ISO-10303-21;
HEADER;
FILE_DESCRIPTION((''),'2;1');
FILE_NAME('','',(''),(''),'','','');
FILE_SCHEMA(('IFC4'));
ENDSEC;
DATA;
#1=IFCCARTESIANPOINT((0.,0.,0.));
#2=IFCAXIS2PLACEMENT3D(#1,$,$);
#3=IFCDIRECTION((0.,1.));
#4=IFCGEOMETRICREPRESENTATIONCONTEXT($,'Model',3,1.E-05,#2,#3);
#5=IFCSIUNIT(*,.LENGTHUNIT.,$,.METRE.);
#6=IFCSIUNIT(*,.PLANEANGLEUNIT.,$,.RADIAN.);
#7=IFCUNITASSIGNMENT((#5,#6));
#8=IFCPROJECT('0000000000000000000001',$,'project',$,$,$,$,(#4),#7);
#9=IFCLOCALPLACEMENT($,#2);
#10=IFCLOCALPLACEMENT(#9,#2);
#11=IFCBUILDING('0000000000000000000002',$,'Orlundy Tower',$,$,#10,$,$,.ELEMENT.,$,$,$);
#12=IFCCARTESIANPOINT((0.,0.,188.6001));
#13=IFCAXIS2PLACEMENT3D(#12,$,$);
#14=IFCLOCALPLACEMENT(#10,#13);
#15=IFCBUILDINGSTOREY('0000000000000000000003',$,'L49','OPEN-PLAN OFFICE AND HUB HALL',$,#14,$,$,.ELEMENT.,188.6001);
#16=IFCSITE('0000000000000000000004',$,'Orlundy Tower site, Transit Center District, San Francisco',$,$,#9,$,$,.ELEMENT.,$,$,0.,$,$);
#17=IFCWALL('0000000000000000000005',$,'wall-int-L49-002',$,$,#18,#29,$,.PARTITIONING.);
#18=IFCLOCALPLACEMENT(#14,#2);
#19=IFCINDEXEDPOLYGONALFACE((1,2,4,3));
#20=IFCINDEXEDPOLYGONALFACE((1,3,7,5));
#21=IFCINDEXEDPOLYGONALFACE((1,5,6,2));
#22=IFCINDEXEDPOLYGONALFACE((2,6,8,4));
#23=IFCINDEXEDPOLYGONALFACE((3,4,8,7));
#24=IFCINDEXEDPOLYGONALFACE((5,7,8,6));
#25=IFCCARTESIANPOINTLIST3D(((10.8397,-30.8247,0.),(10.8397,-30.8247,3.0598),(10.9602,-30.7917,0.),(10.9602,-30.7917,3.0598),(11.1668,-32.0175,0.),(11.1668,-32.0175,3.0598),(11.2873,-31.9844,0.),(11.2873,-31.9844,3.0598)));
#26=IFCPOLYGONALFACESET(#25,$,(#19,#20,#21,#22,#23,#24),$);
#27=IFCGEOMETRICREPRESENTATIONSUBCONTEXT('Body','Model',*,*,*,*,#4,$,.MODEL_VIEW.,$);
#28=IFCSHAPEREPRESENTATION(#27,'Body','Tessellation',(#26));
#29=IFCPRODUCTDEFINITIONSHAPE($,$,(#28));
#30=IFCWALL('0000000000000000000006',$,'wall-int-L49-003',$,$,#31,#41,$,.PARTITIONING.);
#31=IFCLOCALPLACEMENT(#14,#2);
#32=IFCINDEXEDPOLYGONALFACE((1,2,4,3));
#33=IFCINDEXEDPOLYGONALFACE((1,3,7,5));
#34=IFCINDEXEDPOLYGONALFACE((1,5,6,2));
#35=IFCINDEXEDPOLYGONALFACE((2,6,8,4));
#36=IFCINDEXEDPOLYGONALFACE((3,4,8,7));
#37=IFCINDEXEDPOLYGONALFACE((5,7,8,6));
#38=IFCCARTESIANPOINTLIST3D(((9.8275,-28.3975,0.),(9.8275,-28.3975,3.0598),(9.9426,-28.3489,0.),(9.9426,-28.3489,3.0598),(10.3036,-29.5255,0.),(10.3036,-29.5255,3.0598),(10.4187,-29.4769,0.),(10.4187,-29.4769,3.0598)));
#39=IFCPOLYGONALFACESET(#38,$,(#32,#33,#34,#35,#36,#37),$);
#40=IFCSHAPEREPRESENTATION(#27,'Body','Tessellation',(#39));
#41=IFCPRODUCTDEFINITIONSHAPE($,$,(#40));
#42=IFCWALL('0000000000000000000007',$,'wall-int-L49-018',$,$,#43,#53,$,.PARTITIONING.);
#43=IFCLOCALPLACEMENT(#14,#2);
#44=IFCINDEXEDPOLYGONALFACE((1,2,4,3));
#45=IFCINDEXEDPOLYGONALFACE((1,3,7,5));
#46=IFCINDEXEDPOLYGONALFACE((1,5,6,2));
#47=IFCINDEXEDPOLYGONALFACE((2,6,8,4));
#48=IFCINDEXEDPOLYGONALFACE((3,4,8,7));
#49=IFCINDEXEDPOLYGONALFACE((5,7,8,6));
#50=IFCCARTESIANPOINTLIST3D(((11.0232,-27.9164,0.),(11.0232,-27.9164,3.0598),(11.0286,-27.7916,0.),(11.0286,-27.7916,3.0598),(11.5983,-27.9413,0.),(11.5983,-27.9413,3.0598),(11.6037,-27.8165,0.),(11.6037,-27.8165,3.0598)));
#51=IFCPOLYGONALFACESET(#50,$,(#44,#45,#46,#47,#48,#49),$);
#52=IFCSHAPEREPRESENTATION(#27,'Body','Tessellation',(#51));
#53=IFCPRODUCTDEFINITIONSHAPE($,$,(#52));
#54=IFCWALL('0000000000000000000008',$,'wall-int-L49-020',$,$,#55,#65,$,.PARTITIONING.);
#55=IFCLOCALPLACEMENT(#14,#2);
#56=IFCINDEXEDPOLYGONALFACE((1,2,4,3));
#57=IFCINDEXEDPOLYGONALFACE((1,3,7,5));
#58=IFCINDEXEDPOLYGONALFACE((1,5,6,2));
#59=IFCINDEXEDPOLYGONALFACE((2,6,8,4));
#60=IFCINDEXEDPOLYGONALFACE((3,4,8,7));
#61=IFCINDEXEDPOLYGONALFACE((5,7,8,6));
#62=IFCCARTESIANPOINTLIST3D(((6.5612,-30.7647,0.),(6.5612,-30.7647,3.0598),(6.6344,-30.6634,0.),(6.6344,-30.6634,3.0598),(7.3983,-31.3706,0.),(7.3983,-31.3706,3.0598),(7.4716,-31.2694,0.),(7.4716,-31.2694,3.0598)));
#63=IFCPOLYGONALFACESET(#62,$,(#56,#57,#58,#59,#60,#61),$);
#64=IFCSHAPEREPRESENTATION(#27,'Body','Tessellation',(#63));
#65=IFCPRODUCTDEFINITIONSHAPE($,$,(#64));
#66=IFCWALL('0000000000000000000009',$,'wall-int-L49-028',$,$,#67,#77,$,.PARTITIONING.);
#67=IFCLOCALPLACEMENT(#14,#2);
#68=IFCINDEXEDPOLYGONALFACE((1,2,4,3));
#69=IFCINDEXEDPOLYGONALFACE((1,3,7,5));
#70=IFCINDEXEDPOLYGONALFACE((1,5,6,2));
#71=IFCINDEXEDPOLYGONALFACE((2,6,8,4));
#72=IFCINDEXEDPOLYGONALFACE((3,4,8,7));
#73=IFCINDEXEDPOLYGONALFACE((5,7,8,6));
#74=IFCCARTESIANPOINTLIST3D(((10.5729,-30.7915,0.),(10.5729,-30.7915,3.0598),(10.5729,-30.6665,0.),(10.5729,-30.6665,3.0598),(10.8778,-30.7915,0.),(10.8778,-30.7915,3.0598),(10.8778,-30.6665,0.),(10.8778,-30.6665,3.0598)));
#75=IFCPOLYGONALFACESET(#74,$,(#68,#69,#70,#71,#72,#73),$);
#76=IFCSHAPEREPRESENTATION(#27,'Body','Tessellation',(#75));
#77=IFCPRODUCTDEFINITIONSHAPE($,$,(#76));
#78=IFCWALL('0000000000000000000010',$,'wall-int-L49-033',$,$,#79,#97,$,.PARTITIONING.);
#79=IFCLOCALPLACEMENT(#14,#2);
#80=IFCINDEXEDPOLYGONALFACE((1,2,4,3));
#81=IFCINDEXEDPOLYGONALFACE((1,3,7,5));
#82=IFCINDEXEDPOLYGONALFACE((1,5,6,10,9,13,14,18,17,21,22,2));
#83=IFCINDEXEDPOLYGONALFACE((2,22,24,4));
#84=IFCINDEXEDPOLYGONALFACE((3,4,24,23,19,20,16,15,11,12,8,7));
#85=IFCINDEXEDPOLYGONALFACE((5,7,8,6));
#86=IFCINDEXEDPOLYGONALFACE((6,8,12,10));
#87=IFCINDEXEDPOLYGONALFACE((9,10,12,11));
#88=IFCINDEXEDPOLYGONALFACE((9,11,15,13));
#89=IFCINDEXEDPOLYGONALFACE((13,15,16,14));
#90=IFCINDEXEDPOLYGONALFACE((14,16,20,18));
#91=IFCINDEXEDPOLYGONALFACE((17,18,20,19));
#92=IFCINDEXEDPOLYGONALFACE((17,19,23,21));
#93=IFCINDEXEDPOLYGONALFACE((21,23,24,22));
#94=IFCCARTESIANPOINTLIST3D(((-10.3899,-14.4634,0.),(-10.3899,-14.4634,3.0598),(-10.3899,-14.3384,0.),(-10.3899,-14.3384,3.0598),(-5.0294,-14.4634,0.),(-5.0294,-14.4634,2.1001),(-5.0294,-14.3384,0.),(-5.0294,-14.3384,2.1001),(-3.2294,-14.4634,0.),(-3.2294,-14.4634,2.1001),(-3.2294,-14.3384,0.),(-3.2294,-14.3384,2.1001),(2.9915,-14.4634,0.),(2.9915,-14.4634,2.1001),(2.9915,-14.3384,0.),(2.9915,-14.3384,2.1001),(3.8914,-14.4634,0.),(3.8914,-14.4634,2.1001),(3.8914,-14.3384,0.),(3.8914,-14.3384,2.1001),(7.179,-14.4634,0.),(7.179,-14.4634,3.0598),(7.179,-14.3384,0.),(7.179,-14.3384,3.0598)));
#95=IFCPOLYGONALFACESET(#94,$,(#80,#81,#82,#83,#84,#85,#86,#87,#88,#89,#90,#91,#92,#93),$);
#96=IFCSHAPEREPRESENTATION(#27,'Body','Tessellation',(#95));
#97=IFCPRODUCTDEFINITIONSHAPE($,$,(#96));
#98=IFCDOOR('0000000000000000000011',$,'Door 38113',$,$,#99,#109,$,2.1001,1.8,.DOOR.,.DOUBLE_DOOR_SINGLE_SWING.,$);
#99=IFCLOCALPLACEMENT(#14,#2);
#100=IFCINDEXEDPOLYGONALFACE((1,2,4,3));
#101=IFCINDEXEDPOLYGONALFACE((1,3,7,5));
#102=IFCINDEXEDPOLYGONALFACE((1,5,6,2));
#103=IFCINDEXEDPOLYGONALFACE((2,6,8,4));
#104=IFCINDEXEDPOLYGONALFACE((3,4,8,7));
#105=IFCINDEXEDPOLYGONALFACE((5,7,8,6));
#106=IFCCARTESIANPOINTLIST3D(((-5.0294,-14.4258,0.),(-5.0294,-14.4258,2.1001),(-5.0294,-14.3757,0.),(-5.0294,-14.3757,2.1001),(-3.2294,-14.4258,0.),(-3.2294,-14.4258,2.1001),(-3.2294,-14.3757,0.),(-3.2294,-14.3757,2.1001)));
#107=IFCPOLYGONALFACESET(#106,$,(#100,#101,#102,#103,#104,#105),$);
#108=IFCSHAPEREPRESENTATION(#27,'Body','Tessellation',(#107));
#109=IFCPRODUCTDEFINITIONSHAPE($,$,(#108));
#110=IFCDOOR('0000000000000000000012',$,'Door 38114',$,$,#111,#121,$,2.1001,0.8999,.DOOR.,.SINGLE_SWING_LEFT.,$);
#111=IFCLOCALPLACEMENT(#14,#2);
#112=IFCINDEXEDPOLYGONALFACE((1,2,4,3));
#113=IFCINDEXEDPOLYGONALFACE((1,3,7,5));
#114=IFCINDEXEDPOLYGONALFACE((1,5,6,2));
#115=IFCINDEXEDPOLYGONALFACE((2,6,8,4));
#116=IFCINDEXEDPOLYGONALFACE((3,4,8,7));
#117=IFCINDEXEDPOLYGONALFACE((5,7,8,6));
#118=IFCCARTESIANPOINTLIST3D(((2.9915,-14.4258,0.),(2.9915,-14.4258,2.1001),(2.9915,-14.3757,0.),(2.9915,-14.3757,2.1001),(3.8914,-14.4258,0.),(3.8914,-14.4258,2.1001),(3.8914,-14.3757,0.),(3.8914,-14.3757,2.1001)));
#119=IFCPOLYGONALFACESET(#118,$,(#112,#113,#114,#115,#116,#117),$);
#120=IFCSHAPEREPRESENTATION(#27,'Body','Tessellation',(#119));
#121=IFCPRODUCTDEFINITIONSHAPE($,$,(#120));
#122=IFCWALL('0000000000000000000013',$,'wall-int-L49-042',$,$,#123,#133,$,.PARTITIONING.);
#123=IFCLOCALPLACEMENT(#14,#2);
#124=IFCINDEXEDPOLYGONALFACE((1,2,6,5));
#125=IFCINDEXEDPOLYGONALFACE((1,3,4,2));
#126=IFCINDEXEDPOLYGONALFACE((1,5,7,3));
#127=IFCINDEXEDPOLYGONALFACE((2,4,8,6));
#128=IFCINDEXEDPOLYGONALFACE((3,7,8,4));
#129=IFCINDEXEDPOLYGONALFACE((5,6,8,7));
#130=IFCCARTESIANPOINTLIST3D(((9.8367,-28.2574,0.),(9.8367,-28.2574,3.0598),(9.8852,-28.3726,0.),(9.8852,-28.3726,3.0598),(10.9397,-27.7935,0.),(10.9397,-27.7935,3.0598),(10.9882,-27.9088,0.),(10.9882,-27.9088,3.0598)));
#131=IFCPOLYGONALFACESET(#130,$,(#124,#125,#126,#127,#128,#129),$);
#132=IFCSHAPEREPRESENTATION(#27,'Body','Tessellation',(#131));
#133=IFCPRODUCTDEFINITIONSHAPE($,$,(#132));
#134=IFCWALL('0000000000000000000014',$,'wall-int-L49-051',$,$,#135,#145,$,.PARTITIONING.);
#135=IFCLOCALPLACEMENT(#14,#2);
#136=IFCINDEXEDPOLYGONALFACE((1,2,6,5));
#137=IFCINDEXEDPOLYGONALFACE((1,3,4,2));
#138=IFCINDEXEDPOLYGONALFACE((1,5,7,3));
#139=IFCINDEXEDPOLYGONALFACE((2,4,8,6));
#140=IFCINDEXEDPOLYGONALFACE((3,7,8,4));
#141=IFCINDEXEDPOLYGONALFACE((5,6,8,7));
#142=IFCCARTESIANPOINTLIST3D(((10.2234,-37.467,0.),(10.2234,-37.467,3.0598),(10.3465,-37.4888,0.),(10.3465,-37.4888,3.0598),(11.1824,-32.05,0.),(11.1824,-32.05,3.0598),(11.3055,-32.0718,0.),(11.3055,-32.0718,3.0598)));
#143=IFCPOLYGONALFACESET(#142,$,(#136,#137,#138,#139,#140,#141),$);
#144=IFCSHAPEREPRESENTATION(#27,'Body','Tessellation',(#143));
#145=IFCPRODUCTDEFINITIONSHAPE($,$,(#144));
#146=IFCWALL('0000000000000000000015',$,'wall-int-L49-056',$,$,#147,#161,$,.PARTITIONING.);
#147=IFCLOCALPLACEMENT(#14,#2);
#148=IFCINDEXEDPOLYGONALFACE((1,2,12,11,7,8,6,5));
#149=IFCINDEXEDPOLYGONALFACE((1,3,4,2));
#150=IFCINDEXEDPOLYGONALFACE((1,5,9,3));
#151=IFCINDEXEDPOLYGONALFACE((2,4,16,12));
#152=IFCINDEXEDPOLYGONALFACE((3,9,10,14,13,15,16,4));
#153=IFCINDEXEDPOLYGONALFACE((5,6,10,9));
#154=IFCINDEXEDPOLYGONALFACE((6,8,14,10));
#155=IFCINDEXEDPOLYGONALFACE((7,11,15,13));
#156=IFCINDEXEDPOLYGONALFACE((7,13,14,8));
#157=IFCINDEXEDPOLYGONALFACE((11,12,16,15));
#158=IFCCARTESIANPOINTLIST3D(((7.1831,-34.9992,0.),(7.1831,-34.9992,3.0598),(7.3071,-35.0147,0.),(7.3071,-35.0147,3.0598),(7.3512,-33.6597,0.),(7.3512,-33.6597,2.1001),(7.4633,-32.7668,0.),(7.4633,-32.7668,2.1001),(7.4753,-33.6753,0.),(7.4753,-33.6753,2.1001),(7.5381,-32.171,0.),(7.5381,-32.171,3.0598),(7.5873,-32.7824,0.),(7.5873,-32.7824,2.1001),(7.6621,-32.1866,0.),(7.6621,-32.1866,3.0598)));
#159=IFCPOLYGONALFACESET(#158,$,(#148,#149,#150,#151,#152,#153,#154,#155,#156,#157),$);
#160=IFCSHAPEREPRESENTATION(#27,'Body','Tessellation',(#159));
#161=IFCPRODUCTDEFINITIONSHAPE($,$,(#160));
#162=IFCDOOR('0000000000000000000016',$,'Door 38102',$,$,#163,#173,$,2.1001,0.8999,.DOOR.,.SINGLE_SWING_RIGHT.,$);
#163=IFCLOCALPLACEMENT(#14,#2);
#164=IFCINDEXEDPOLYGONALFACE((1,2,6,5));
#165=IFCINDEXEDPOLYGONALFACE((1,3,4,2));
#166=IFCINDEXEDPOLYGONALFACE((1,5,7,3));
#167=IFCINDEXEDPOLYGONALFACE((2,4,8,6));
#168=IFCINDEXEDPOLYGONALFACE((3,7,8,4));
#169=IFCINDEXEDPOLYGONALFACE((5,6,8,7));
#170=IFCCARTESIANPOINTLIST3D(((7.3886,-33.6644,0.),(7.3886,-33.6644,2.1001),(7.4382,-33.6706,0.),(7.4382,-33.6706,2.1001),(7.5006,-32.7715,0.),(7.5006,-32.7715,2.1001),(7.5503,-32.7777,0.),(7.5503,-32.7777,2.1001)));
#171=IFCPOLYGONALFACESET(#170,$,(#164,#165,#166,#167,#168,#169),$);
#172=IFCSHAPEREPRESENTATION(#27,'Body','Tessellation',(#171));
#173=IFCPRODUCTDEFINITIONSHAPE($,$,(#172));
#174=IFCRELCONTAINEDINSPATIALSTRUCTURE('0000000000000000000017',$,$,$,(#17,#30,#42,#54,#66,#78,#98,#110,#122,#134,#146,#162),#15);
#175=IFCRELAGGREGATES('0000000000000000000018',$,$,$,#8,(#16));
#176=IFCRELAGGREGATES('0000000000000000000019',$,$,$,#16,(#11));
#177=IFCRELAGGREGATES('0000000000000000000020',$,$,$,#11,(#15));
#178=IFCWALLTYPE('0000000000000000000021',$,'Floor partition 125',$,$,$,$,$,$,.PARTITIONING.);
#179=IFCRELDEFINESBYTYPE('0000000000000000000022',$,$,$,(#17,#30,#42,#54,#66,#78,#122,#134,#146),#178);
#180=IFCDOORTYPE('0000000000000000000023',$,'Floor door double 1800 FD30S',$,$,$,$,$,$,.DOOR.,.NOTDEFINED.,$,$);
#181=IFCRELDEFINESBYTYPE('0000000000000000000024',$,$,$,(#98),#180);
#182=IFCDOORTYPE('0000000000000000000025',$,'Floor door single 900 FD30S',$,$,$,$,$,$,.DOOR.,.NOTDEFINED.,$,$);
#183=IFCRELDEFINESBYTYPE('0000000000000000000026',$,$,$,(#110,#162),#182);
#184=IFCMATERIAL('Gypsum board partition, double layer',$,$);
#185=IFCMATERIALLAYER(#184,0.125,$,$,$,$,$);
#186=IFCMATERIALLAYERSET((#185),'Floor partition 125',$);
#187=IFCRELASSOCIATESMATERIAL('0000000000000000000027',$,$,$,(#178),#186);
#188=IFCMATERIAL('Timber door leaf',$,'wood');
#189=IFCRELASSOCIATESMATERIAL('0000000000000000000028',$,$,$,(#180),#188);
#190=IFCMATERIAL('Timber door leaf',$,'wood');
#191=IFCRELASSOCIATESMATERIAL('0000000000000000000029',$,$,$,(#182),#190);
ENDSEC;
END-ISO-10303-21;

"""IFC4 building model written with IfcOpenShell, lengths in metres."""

from ifc_helpers import new_model, si_unit, direction, frame, frame_2d, origin, place, context, subcontext, project, spatial, rectangle, extrude, material, layer, layer_set, type_object, element, fill, save


model = new_model("IFC4")

# Units and contexts
model_context = context("Model", 3, precision=1e-05, world=origin(), true_north=direction((0.0, 1.0)))
body_context = subcontext(model_context, "Body", "Model", "MODEL_VIEW")
ifc_project = project(units=[si_unit("LENGTHUNIT", "METRE"), si_unit("PLANEANGLEUNIT", "RADIAN")], contexts=[model_context])

# Site, building, storey
site_placement = place(None, origin())
site = spatial("IfcSite", under=ifc_project, at=site_placement, Name="Orlundy Tower site, Transit Center District, San Francisco", CompositionType="ELEMENT", RefElevation=0.0)
building_placement = place(site_placement, origin())
building = spatial("IfcBuilding", under=site, at=building_placement, Name="Orlundy Tower", CompositionType="ELEMENT")
storey_placement = place(building_placement, frame((0.0, 0.0, 188.6001)))
storey = spatial("IfcBuildingStorey", under=building, at=storey_placement, Name="L49", Description="OPEN-PLAN OFFICE AND HUB HALL", CompositionType="ELEMENT", Elevation=188.6001)

# Walls
ifc_material_1 = material(Name="Gypsum board partition, double layer")
ifc_layer_1 = layer(ifc_material_1, 0.125)
ifc_layer_set_1 = layer_set([ifc_layer_1], Name="Floor partition 125")
wall_type_1 = type_object("IfcWallType", Name="Floor partition 125", PredefinedType="PARTITIONING", material=ifc_layer_set_1)
wall_1_placement = place(storey_placement, frame((11.2271, -32.001, 0.0), z_axis=(0.0, 0.0, 1.0), x_axis=(-0.264487, 0.964389, 0.0)))
element("IfcWall", 1, at=wall_1_placement, inside=storey, type_object=wall_type_1, Name="wall-int-L49-002", PredefinedType="PARTITIONING", context=body_context, shape_type="SweptSolid", body=[
    extrude(rectangle(XDim=1.2368, YDim=0.125, at=frame_2d((0.6184, 0.0))), origin(), (0.0, 0.0, 1.0), 3.0598),
])
wall_2_placement = place(storey_placement, frame((9.885, -28.373, 0.0), z_axis=(0.0, 0.0, 1.0), x_axis=(0.388859, -0.921297, 0.0)))
element("IfcWall", 2, at=wall_2_placement, inside=storey, type_object=wall_type_1, Name="wall-int-L49-003", PredefinedType="PARTITIONING", context=body_context, shape_type="SweptSolid", body=[
    extrude(rectangle(XDim=1.2244, YDim=0.125, at=frame_2d((0.6123, 0.0))), origin(), (0.0, 0.0, 1.0), 3.0598),
])
wall_3_placement = place(storey_placement, frame((11.0259, -27.854, 0.0), z_axis=(0.0, 0.0, 1.0), x_axis=(0.999064, -0.043253, 0.0)))
element("IfcWall", 3, at=wall_3_placement, inside=storey, type_object=wall_type_1, Name="wall-int-L49-018", PredefinedType="PARTITIONING", context=body_context, shape_type="SweptSolid", body=[
    extrude(rectangle(XDim=0.5757, YDim=0.125, at=frame_2d((0.2878, 0.0))), origin(), (0.0, 0.0, 1.0), 3.0598),
])
wall_4_placement = place(storey_placement, frame((6.5979, -30.7141, 0.0), z_axis=(0.0, 0.0, 1.0), x_axis=(0.810062, -0.586344, 0.0)))
element("IfcWall", 4, at=wall_4_placement, inside=storey, type_object=wall_type_1, Name="wall-int-L49-020", PredefinedType="PARTITIONING", context=body_context, shape_type="SweptSolid", body=[
    extrude(rectangle(XDim=1.0334, YDim=0.125, at=frame_2d((0.5166, 0.0))), origin(), (0.0, 0.0, 1.0), 3.0598),
])
wall_5_placement = place(storey_placement, frame((10.573, -30.729, 0.0), z_axis=(0.0, 0.0, 1.0), x_axis=(1.0, 0.0, 0.0)))
element("IfcWall", 5, at=wall_5_placement, inside=storey, type_object=wall_type_1, Name="wall-int-L49-028", PredefinedType="PARTITIONING", context=body_context, shape_type="SweptSolid", body=[
    extrude(rectangle(XDim=0.3049, YDim=0.125, at=frame_2d((0.1523, 0.0))), origin(), (0.0, 0.0, 1.0), 3.0598),
])

# Wall, openings, doors
wall_6_placement = place(storey_placement, frame((7.179, -14.4009, 0.0), z_axis=(0.0, 0.0, 1.0), x_axis=(-1.0, 0.0, 0.0)))
wall_6 = element("IfcWall", 6, at=wall_6_placement, inside=storey, type_object=wall_type_1, Name="wall-int-L49-033", PredefinedType="PARTITIONING", context=body_context, shape_type="SweptSolid", body=[
    extrude(rectangle(XDim=17.5688, YDim=0.125, at=frame_2d((8.7844, 0.0))), origin(), (0.0, 0.0, 1.0), 3.0598),
])
opening_1_placement = place(wall_6_placement, frame((10.4084, 0.0, 0.0)))
opening_1 = element("IfcOpeningElement", 7, at=opening_1_placement, cuts=wall_6, PredefinedType="OPENING", context=body_context, shape_type="SweptSolid", body=[
    extrude(rectangle(XDim=1.8, YDim=2.1001, at=frame_2d((0.8999, 1.05))), frame((0.0, 0.0725, 0.0), z_axis=(0.0, -1.0, 0.0), x_axis=(1.0, 0.0, 0.0)), (0.0, 0.0, 1.0), 0.145),
])
opening_2_placement = place(wall_6_placement, frame((3.2876, 0.0, 0.0)))
opening_2 = element("IfcOpeningElement", 8, at=opening_2_placement, cuts=wall_6, PredefinedType="OPENING", context=body_context, shape_type="SweptSolid", body=[
    extrude(rectangle(XDim=0.8999, YDim=2.1001, at=frame_2d((0.45, 1.05))), frame((0.0, 0.0725, 0.0), z_axis=(0.0, -1.0, 0.0), x_axis=(1.0, 0.0, 0.0)), (0.0, 0.0, 1.0), 0.145),
])
ifc_material_2 = material(Name="Timber door leaf", Category="wood")
door_type_1 = type_object("IfcDoorType", Name="Floor door double 1800 FD30S", OperationType="NOTDEFINED", PredefinedType="DOOR", material=ifc_material_2)
door_1_placement = place(opening_1_placement, origin())
door_1 = element("IfcDoor", 9, at=door_1_placement, inside=storey, type_object=door_type_1, Name="Door 38113", OperationType="DOUBLE_DOOR_SINGLE_SWING", OverallHeight=2.1001, OverallWidth=1.8, PredefinedType="DOOR", context=body_context, shape_type="SweptSolid", body=[
    extrude(rectangle(XDim=1.8, YDim=2.1001, at=frame_2d((0.8999, 1.05))), frame((0.0, 0.0249, 0.0), z_axis=(0.0, -1.0, 0.0), x_axis=(1.0, 0.0, 0.0)), (0.0, 0.0, 1.0), 0.05),
])
fill(opening_1, door_1)
ifc_material_3 = material(Name="Timber door leaf", Category="wood")
door_type_2 = type_object("IfcDoorType", Name="Floor door single 900 FD30S", OperationType="NOTDEFINED", PredefinedType="DOOR", material=ifc_material_3)
door_2_placement = place(opening_2_placement, origin())
door_2 = element("IfcDoor", 10, at=door_2_placement, inside=storey, type_object=door_type_2, Name="Door 38114", OperationType="SINGLE_SWING_LEFT", OverallHeight=2.1001, OverallWidth=0.8999, PredefinedType="DOOR", context=body_context, shape_type="SweptSolid", body=[
    extrude(rectangle(XDim=0.8999, YDim=2.1001, at=frame_2d((0.45, 1.05))), frame((0.0, 0.0249, 0.0), z_axis=(0.0, -1.0, 0.0), x_axis=(1.0, 0.0, 0.0)), (0.0, 0.0, 1.0), 0.05),
])
fill(opening_2, door_2)

# Walls
wall_7_placement = place(storey_placement, frame((9.8611, -28.3149, 0.0), z_axis=(0.0, 0.0, 1.0), x_axis=(0.921804, 0.387656, 0.0)))
element("IfcWall", 11, at=wall_7_placement, inside=storey, type_object=wall_type_1, Name="wall-int-L49-042", PredefinedType="PARTITIONING", context=body_context, shape_type="SweptSolid", body=[
    extrude(rectangle(XDim=1.1965, YDim=0.125, at=frame_2d((0.5981, 0.0))), origin(), (0.0, 0.0, 1.0), 3.0598),
])
wall_8_placement = place(storey_placement, frame((11.2439, -32.061, 0.0), z_axis=(0.0, 0.0, 1.0), x_axis=(-0.174322, -0.984689, 0.0)))
element("IfcWall", 12, at=wall_8_placement, inside=storey, type_object=wall_type_1, Name="wall-int-L49-051", PredefinedType="PARTITIONING", context=body_context, shape_type="SweptSolid", body=[
    extrude(rectangle(XDim=5.5012, YDim=0.125, at=frame_2d((2.7505, 0.0))), origin(), (0.0, 0.0, 1.0), 3.0598),
])

# Wall, opening, door
wall_9_placement = place(storey_placement, frame((7.2451, -35.0071, 0.0), z_axis=(0.0, 0.0, 1.0), x_axis=(0.124541, 0.992214, 0.0)))
wall_9 = element("IfcWall", 13, at=wall_9_placement, inside=storey, type_object=wall_type_1, Name="wall-int-L49-056", PredefinedType="PARTITIONING", context=body_context, shape_type="SweptSolid", body=[
    extrude(rectangle(XDim=2.8503, YDim=0.125, at=frame_2d((1.4253, 0.0))), origin(), (0.0, 0.0, 1.0), 3.0598),
])
opening_3_placement = place(wall_9_placement, frame((1.3501, 0.0, 0.0)))
opening_3 = element("IfcOpeningElement", 14, at=opening_3_placement, cuts=wall_9, PredefinedType="OPENING", context=body_context, shape_type="SweptSolid", body=[
    extrude(rectangle(XDim=0.8999, YDim=2.1001, at=frame_2d((0.45, 1.05))), frame((0.0, 0.0725, 0.0), z_axis=(0.0, -1.0, 0.0), x_axis=(1.0, 0.0, 0.0)), (0.0, 0.0, 1.0), 0.145),
])
door_3_placement = place(opening_3_placement, origin())
door_3 = element("IfcDoor", 15, at=door_3_placement, inside=storey, type_object=door_type_2, Name="Door 38102", OperationType="SINGLE_SWING_RIGHT", OverallHeight=2.1001, OverallWidth=0.8999, PredefinedType="DOOR", context=body_context, shape_type="SweptSolid", body=[
    extrude(rectangle(XDim=0.8999, YDim=2.1001, at=frame_2d((0.45, 1.05))), frame((0.0, 0.0249, 0.0), z_axis=(0.0, -1.0, 0.0), x_axis=(1.0, 0.0, 0.0)), (0.0, 0.0, 1.0), 0.05),
])
fill(opening_3, door_3)

save(model, "model.ifc")
